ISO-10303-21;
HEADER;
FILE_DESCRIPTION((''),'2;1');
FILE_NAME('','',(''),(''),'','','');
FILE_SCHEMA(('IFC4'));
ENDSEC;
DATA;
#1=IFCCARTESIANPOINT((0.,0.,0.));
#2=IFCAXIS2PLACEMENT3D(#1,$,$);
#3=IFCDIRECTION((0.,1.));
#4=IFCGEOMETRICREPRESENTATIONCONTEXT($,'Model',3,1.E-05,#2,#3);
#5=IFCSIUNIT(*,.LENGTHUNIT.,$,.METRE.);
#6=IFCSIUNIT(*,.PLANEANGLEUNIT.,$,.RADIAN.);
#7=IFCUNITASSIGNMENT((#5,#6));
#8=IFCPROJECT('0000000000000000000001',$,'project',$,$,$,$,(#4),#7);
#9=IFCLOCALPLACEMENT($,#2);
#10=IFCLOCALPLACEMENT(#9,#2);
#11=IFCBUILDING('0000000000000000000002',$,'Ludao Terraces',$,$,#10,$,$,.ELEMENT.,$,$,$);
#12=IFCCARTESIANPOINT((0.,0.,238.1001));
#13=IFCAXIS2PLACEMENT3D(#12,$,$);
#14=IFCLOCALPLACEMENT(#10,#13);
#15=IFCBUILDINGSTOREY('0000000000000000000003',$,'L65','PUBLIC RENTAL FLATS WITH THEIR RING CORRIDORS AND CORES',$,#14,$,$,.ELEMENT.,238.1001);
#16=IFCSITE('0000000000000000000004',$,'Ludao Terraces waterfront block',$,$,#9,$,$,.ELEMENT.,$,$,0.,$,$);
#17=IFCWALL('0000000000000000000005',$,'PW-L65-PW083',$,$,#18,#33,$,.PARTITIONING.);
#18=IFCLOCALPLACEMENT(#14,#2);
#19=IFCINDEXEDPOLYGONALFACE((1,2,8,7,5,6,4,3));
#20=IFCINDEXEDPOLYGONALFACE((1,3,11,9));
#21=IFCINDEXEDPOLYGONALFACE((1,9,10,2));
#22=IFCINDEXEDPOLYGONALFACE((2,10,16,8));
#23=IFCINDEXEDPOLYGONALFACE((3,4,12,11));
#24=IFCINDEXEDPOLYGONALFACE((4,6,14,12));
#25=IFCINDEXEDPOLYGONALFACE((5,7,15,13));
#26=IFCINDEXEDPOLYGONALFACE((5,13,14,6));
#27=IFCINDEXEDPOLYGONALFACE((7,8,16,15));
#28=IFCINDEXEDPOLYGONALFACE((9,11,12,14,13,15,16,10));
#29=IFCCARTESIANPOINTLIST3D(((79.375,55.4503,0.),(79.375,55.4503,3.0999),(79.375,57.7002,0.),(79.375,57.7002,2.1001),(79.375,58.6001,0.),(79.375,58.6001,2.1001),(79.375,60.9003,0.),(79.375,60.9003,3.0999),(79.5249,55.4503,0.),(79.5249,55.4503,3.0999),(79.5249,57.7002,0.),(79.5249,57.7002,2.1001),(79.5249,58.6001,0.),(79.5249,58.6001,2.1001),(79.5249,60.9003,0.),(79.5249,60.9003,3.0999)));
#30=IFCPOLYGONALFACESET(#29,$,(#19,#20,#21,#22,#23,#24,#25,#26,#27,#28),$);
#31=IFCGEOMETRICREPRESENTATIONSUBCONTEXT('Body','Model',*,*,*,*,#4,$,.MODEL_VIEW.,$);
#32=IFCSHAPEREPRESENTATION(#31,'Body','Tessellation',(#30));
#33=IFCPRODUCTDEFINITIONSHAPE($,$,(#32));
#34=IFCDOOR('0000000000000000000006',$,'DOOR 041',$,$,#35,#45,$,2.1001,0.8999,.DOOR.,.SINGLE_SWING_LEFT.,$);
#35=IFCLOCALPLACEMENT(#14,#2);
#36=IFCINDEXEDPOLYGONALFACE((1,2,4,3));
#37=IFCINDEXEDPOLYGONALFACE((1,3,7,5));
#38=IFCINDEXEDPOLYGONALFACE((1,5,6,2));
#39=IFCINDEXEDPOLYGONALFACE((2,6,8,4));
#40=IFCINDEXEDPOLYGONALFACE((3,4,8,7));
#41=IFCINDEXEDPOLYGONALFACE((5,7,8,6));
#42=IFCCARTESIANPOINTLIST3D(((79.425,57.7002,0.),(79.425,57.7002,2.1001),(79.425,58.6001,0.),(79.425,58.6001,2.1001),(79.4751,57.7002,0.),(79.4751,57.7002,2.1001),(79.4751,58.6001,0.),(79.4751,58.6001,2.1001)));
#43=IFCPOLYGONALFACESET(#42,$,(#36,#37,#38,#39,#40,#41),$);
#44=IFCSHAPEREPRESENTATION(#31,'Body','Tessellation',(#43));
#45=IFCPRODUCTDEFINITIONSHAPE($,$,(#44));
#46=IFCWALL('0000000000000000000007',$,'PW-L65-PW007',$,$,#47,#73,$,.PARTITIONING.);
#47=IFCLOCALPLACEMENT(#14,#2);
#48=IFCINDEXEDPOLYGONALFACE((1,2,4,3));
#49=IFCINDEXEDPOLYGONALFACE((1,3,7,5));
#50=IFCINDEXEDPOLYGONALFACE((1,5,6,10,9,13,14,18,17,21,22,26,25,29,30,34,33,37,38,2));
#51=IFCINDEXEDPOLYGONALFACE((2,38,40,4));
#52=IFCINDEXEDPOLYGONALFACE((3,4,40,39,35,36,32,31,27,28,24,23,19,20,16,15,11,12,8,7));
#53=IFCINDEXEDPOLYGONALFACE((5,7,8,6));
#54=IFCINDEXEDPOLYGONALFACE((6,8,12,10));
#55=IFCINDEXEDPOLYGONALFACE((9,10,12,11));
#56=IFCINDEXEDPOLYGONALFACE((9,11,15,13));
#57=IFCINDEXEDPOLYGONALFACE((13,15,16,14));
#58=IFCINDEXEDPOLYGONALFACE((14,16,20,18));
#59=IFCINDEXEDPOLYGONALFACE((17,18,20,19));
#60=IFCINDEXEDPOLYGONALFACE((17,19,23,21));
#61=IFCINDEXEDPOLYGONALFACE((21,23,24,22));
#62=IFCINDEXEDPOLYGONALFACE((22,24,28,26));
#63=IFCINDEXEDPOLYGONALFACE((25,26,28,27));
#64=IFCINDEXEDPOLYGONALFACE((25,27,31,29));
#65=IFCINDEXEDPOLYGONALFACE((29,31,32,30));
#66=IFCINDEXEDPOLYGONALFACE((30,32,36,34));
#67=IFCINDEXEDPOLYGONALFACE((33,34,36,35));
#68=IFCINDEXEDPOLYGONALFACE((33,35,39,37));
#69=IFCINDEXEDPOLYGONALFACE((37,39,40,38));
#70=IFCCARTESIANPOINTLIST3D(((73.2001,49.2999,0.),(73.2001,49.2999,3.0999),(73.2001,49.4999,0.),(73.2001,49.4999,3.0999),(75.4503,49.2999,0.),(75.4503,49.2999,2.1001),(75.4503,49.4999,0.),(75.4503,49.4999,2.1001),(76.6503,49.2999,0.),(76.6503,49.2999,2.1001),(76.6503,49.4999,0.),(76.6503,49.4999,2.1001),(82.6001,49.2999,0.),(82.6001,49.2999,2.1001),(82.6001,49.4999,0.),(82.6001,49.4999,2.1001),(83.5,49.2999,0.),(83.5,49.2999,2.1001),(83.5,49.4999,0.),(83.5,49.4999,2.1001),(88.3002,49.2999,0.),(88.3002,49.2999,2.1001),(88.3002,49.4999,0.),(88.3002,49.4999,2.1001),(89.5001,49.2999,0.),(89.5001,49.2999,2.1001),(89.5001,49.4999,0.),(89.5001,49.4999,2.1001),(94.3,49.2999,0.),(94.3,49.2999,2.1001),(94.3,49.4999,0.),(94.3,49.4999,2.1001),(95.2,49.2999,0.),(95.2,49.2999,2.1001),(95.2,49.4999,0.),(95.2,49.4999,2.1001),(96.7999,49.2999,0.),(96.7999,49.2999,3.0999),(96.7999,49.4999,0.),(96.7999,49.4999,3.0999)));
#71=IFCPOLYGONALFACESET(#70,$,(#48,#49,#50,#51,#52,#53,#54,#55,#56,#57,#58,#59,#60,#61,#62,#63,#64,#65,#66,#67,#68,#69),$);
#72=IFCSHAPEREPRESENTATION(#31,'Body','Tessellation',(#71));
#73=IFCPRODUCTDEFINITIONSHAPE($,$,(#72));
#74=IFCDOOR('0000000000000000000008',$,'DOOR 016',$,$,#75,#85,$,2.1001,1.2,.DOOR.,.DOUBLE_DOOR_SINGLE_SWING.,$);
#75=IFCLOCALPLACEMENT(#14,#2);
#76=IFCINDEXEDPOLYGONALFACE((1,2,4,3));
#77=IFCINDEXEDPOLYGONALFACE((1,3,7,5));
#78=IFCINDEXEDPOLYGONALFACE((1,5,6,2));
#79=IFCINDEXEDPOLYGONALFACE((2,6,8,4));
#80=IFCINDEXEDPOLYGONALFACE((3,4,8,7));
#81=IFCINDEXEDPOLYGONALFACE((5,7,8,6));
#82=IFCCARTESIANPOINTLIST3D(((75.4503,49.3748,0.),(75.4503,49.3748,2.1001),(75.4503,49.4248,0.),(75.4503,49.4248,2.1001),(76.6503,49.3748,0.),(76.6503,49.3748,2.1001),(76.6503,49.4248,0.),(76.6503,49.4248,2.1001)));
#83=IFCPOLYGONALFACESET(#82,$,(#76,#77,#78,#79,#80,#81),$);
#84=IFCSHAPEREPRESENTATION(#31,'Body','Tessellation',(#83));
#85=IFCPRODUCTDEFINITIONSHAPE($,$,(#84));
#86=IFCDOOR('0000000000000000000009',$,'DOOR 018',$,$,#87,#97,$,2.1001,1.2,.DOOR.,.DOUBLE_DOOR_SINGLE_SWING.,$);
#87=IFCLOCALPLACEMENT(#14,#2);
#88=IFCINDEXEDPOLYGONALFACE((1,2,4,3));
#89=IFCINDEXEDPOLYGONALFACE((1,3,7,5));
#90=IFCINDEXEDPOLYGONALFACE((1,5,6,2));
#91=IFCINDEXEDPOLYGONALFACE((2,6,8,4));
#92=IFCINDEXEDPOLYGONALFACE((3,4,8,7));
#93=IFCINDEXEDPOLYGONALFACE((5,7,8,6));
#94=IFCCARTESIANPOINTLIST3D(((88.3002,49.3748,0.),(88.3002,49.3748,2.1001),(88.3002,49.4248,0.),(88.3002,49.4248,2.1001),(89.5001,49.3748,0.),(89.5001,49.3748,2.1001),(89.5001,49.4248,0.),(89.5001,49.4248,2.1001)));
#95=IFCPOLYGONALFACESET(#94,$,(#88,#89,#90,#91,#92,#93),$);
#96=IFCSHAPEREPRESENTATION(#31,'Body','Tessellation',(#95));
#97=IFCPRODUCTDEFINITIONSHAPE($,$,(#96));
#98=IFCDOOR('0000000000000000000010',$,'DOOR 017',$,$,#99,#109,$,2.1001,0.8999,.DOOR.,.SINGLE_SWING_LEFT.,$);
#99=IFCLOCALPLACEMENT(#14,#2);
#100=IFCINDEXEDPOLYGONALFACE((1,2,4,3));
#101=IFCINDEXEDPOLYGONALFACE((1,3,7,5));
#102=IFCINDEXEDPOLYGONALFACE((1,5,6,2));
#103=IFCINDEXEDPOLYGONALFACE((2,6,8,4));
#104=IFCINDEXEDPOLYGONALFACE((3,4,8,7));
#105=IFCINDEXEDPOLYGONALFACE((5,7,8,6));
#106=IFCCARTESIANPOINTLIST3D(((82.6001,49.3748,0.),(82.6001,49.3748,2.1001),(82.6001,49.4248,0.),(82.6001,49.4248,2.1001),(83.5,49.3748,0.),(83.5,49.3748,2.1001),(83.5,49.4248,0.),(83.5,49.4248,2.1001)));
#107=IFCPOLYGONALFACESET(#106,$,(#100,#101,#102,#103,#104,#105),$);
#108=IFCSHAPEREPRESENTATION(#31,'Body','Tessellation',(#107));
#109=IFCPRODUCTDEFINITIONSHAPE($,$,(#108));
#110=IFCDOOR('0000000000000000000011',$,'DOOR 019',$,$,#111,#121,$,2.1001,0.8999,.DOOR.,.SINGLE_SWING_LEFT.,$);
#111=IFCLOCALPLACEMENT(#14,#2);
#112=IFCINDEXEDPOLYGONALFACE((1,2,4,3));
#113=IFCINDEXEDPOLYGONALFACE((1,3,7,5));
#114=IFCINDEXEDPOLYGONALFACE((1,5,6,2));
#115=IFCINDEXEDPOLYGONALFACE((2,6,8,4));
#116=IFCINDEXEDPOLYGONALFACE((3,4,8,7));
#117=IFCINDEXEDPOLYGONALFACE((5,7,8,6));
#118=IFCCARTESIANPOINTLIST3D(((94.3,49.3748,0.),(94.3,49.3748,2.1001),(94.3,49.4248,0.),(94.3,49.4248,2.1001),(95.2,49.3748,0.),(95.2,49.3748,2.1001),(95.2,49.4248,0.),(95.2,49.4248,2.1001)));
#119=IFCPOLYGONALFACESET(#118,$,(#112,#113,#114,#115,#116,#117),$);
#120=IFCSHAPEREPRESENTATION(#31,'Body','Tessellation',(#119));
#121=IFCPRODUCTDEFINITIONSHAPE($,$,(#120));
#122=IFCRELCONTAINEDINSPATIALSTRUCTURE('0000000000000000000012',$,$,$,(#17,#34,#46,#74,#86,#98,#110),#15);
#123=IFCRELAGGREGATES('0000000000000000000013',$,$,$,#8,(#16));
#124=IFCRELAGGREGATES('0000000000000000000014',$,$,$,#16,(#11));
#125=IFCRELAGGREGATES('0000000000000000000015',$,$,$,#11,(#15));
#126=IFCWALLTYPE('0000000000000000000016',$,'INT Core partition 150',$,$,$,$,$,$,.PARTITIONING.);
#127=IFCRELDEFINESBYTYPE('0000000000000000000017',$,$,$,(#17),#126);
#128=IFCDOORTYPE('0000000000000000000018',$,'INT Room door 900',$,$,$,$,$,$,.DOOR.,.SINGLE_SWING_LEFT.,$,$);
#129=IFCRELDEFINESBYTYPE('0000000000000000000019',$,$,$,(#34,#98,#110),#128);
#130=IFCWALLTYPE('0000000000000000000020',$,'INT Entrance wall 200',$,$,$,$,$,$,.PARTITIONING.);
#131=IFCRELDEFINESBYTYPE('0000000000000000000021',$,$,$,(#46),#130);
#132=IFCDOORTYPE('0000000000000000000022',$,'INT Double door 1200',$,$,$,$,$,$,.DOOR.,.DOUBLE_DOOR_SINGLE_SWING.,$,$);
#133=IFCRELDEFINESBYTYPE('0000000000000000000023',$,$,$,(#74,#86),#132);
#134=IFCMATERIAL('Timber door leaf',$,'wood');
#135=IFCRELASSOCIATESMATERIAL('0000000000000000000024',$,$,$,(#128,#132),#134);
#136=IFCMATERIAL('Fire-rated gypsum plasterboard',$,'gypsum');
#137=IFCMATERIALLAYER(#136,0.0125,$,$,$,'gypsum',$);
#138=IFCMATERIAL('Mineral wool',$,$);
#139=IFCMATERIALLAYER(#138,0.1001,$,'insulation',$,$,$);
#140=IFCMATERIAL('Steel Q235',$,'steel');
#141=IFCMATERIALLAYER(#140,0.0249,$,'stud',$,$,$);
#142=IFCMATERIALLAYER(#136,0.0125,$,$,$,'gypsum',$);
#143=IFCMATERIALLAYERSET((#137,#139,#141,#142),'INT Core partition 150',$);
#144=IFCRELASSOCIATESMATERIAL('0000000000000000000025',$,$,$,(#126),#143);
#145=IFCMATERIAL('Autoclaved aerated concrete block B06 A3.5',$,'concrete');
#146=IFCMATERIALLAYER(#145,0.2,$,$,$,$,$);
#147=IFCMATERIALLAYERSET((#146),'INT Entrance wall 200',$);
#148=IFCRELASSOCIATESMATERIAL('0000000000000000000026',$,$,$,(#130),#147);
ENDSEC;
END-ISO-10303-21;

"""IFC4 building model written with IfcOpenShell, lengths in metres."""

from ifc_helpers import new_model, si_unit, direction, frame, frame_2d, origin, place, context, subcontext, project, spatial, rectangle, extrude, material, layer, layer_set, type_object, element, fill, save


model = new_model("IFC4")

# Units and contexts
model_context = context("Model", 3, precision=1e-05, world=origin(), true_north=direction((0.0, 1.0)))
body_context = subcontext(model_context, "Body", "Model", "MODEL_VIEW")
ifc_project = project(units=[si_unit("LENGTHUNIT", "METRE"), si_unit("PLANEANGLEUNIT", "RADIAN")], contexts=[model_context])

# Site, building, storey
site_placement = place(None, origin())
site = spatial("IfcSite", under=ifc_project, at=site_placement, Name="Ludao Terraces waterfront block", CompositionType="ELEMENT", RefElevation=0.0)
building_placement = place(site_placement, origin())
building = spatial("IfcBuilding", under=site, at=building_placement, Name="Ludao Terraces", CompositionType="ELEMENT")
storey_placement = place(building_placement, frame((0.0, 0.0, 238.1001)))
storey = spatial("IfcBuildingStorey", under=building, at=storey_placement, Name="L65", Description="PUBLIC RENTAL FLATS WITH THEIR RING CORRIDORS AND CORES", CompositionType="ELEMENT", Elevation=238.1001)

# Shared definitions
ifc_material_1 = material(Name="Steel Q235", Category="steel")
ifc_material_2 = material(Name="Timber door leaf", Category="wood")
door_type_1 = type_object("IfcDoorType", Name="INT Room door 900", OperationType="SINGLE_SWING_LEFT", PredefinedType="DOOR", material=ifc_material_2)

# Wall, opening, door
ifc_material_3 = material(Name="Fire-rated gypsum plasterboard", Category="gypsum")
ifc_layer_1 = layer(ifc_material_3, 0.0125, Category="gypsum")
ifc_material_4 = material(Name="Mineral wool")
ifc_layer_2 = layer(ifc_material_4, 0.1001, Name="insulation")
ifc_layer_3 = layer(ifc_material_1, 0.0249, Name="stud")
ifc_layer_4 = layer(ifc_material_3, 0.0125, Category="gypsum")
ifc_layer_set_1 = layer_set([ifc_layer_1, ifc_layer_2, ifc_layer_3, ifc_layer_4], Name="INT Core partition 150")
wall_type_1 = type_object("IfcWallType", Name="INT Core partition 150", PredefinedType="PARTITIONING", material=ifc_layer_set_1)
wall_1_placement = place(storey_placement, frame((79.45, 55.4502, 0.0), z_axis=(0.0, 0.0, 1.0), x_axis=(0.0, 1.0, 0.0)))
wall_1 = element("IfcWall", 1, at=wall_1_placement, inside=storey, type_object=wall_type_1, Name="PW-L65-PW083", PredefinedType="PARTITIONING", context=body_context, shape_type="SweptSolid", body=[
    extrude(rectangle(XDim=5.45, YDim=0.1499, at=frame_2d((2.7251, 0.0))), origin(), (0.0, 0.0, 1.0), 3.0999),
])
opening_1_placement = place(wall_1_placement, frame((2.25, 0.0, 0.0)))
opening_1 = element("IfcOpeningElement", 2, at=opening_1_placement, cuts=wall_1, PredefinedType="OPENING", context=body_context, shape_type="SweptSolid", body=[
    extrude(rectangle(XDim=0.8999, YDim=2.1001, at=frame_2d((0.45, 1.05))), frame((0.0, 0.085, 0.0), z_axis=(0.0, -1.0, 0.0), x_axis=(1.0, 0.0, 0.0)), (0.0, 0.0, 1.0), 0.1699),
])
door_1_placement = place(opening_1_placement, origin())
door_1 = element("IfcDoor", 3, at=door_1_placement, inside=storey, type_object=door_type_1, Name="DOOR 041", OperationType="SINGLE_SWING_LEFT", OverallHeight=2.1001, OverallWidth=0.8999, PredefinedType="DOOR", context=body_context, shape_type="SweptSolid", body=[
    extrude(rectangle(XDim=0.8999, YDim=2.1001, at=frame_2d((0.45, 1.05))), frame((0.0, 0.0249, 0.0), z_axis=(0.0, -1.0, 0.0), x_axis=(1.0, 0.0, 0.0)), (0.0, 0.0, 1.0), 0.05),
])
fill(opening_1, door_1)

# Wall, openings, doors
ifc_material_5 = material(Name="Autoclaved aerated concrete block B06 A3.5", Category="concrete")
ifc_layer_5 = layer(ifc_material_5, 0.2)
ifc_layer_set_2 = layer_set([ifc_layer_5], Name="INT Entrance wall 200")
wall_type_2 = type_object("IfcWallType", Name="INT Entrance wall 200", PredefinedType="PARTITIONING", material=ifc_layer_set_2)
wall_2_placement = place(storey_placement, frame((73.2002, 49.3999, 0.0), z_axis=(0.0, 0.0, 1.0), x_axis=(1.0, 0.0, 0.0)))
wall_2 = element("IfcWall", 4, at=wall_2_placement, inside=storey, type_object=wall_type_2, Name="PW-L65-PW007", PredefinedType="PARTITIONING", context=body_context, shape_type="SweptSolid", body=[
    extrude(rectangle(XDim=23.5999, YDim=0.2, at=frame_2d((11.7998, 0.0))), origin(), (0.0, 0.0, 1.0), 3.0999),
])
opening_2_placement = place(wall_2_placement, frame((2.25, 0.0, 0.0)))
opening_2 = element("IfcOpeningElement", 5, at=opening_2_placement, cuts=wall_2, PredefinedType="OPENING", context=body_context, shape_type="SweptSolid", body=[
    extrude(rectangle(XDim=1.2, YDim=2.1001, at=frame_2d((0.6001, 1.05))), frame((0.0, 0.1099, 0.0), z_axis=(0.0, -1.0, 0.0), x_axis=(1.0, 0.0, 0.0)), (0.0, 0.0, 1.0), 0.22),
])
opening_3_placement = place(wall_2_placement, frame((9.3999, 0.0, 0.0)))
opening_3 = element("IfcOpeningElement", 6, at=opening_3_placement, cuts=wall_2, PredefinedType="OPENING", context=body_context, shape_type="SweptSolid", body=[
    extrude(rectangle(XDim=0.8999, YDim=2.1001, at=frame_2d((0.45, 1.05))), frame((0.0, 0.1099, 0.0), z_axis=(0.0, -1.0, 0.0), x_axis=(1.0, 0.0, 0.0)), (0.0, 0.0, 1.0), 0.22),
])
opening_4_placement = place(wall_2_placement, frame((15.0999, 0.0, 0.0)))
opening_4 = element("IfcOpeningElement", 7, at=opening_4_placement, cuts=wall_2, PredefinedType="OPENING", context=body_context, shape_type="SweptSolid", body=[
    extrude(rectangle(XDim=1.2, YDim=2.1001, at=frame_2d((0.6001, 1.05))), frame((0.0, 0.1099, 0.0), z_axis=(0.0, -1.0, 0.0), x_axis=(1.0, 0.0, 0.0)), (0.0, 0.0, 1.0), 0.22),
])
opening_5_placement = place(wall_2_placement, frame((21.0999, 0.0, 0.0)))
opening_5 = element("IfcOpeningElement", 8, at=opening_5_placement, cuts=wall_2, PredefinedType="OPENING", context=body_context, shape_type="SweptSolid", body=[
    extrude(rectangle(XDim=0.8999, YDim=2.1001, at=frame_2d((0.45, 1.05))), frame((0.0, 0.1099, 0.0), z_axis=(0.0, -1.0, 0.0), x_axis=(1.0, 0.0, 0.0)), (0.0, 0.0, 1.0), 0.22),
])
door_type_2 = type_object("IfcDoorType", Name="INT Double door 1200", OperationType="DOUBLE_DOOR_SINGLE_SWING", PredefinedType="DOOR", material=ifc_material_2)
door_2_placement = place(opening_2_placement, origin())
door_2 = element("IfcDoor", 9, at=door_2_placement, inside=storey, type_object=door_type_2, Name="DOOR 016", OperationType="DOUBLE_DOOR_SINGLE_SWING", OverallHeight=2.1001, OverallWidth=1.2, PredefinedType="DOOR", context=body_context, shape_type="SweptSolid", body=[
    extrude(rectangle(XDim=1.2, YDim=2.1001, at=frame_2d((0.6001, 1.05))), frame((0.0, 0.0249, 0.0), z_axis=(0.0, -1.0, 0.0), x_axis=(1.0, 0.0, 0.0)), (0.0, 0.0, 1.0), 0.05),
])
fill(opening_2, door_2)
door_3_placement = place(opening_4_placement, origin())
door_3 = element("IfcDoor", 10, at=door_3_placement, inside=storey, type_object=door_type_2, Name="DOOR 018", OperationType="DOUBLE_DOOR_SINGLE_SWING", OverallHeight=2.1001, OverallWidth=1.2, PredefinedType="DOOR", context=body_context, shape_type="SweptSolid", body=[
    extrude(rectangle(XDim=1.2, YDim=2.1001, at=frame_2d((0.6001, 1.05))), frame((0.0, 0.0249, 0.0), z_axis=(0.0, -1.0, 0.0), x_axis=(1.0, 0.0, 0.0)), (0.0, 0.0, 1.0), 0.05),
])
fill(opening_4, door_3)
door_4_placement = place(opening_3_placement, origin())
door_4 = element("IfcDoor", 11, at=door_4_placement, inside=storey, type_object=door_type_1, Name="DOOR 017", OperationType="SINGLE_SWING_LEFT", OverallHeight=2.1001, OverallWidth=0.8999, PredefinedType="DOOR", context=body_context, shape_type="SweptSolid", body=[
    extrude(rectangle(XDim=0.8999, YDim=2.1001, at=frame_2d((0.45, 1.05))), frame((0.0, 0.0249, 0.0), z_axis=(0.0, -1.0, 0.0), x_axis=(1.0, 0.0, 0.0)), (0.0, 0.0, 1.0), 0.05),
])
fill(opening_3, door_4)
door_5_placement = place(opening_5_placement, origin())
door_5 = element("IfcDoor", 12, at=door_5_placement, inside=storey, type_object=door_type_1, Name="DOOR 019", OperationType="SINGLE_SWING_LEFT", OverallHeight=2.1001, OverallWidth=0.8999, PredefinedType="DOOR", context=body_context, shape_type="SweptSolid", body=[
    extrude(rectangle(XDim=0.8999, YDim=2.1001, at=frame_2d((0.45, 1.05))), frame((0.0, 0.0249, 0.0), z_axis=(0.0, -1.0, 0.0), x_axis=(1.0, 0.0, 0.0)), (0.0, 0.0, 1.0), 0.05),
])
fill(opening_5, door_5)

save(model, "model.ifc")
